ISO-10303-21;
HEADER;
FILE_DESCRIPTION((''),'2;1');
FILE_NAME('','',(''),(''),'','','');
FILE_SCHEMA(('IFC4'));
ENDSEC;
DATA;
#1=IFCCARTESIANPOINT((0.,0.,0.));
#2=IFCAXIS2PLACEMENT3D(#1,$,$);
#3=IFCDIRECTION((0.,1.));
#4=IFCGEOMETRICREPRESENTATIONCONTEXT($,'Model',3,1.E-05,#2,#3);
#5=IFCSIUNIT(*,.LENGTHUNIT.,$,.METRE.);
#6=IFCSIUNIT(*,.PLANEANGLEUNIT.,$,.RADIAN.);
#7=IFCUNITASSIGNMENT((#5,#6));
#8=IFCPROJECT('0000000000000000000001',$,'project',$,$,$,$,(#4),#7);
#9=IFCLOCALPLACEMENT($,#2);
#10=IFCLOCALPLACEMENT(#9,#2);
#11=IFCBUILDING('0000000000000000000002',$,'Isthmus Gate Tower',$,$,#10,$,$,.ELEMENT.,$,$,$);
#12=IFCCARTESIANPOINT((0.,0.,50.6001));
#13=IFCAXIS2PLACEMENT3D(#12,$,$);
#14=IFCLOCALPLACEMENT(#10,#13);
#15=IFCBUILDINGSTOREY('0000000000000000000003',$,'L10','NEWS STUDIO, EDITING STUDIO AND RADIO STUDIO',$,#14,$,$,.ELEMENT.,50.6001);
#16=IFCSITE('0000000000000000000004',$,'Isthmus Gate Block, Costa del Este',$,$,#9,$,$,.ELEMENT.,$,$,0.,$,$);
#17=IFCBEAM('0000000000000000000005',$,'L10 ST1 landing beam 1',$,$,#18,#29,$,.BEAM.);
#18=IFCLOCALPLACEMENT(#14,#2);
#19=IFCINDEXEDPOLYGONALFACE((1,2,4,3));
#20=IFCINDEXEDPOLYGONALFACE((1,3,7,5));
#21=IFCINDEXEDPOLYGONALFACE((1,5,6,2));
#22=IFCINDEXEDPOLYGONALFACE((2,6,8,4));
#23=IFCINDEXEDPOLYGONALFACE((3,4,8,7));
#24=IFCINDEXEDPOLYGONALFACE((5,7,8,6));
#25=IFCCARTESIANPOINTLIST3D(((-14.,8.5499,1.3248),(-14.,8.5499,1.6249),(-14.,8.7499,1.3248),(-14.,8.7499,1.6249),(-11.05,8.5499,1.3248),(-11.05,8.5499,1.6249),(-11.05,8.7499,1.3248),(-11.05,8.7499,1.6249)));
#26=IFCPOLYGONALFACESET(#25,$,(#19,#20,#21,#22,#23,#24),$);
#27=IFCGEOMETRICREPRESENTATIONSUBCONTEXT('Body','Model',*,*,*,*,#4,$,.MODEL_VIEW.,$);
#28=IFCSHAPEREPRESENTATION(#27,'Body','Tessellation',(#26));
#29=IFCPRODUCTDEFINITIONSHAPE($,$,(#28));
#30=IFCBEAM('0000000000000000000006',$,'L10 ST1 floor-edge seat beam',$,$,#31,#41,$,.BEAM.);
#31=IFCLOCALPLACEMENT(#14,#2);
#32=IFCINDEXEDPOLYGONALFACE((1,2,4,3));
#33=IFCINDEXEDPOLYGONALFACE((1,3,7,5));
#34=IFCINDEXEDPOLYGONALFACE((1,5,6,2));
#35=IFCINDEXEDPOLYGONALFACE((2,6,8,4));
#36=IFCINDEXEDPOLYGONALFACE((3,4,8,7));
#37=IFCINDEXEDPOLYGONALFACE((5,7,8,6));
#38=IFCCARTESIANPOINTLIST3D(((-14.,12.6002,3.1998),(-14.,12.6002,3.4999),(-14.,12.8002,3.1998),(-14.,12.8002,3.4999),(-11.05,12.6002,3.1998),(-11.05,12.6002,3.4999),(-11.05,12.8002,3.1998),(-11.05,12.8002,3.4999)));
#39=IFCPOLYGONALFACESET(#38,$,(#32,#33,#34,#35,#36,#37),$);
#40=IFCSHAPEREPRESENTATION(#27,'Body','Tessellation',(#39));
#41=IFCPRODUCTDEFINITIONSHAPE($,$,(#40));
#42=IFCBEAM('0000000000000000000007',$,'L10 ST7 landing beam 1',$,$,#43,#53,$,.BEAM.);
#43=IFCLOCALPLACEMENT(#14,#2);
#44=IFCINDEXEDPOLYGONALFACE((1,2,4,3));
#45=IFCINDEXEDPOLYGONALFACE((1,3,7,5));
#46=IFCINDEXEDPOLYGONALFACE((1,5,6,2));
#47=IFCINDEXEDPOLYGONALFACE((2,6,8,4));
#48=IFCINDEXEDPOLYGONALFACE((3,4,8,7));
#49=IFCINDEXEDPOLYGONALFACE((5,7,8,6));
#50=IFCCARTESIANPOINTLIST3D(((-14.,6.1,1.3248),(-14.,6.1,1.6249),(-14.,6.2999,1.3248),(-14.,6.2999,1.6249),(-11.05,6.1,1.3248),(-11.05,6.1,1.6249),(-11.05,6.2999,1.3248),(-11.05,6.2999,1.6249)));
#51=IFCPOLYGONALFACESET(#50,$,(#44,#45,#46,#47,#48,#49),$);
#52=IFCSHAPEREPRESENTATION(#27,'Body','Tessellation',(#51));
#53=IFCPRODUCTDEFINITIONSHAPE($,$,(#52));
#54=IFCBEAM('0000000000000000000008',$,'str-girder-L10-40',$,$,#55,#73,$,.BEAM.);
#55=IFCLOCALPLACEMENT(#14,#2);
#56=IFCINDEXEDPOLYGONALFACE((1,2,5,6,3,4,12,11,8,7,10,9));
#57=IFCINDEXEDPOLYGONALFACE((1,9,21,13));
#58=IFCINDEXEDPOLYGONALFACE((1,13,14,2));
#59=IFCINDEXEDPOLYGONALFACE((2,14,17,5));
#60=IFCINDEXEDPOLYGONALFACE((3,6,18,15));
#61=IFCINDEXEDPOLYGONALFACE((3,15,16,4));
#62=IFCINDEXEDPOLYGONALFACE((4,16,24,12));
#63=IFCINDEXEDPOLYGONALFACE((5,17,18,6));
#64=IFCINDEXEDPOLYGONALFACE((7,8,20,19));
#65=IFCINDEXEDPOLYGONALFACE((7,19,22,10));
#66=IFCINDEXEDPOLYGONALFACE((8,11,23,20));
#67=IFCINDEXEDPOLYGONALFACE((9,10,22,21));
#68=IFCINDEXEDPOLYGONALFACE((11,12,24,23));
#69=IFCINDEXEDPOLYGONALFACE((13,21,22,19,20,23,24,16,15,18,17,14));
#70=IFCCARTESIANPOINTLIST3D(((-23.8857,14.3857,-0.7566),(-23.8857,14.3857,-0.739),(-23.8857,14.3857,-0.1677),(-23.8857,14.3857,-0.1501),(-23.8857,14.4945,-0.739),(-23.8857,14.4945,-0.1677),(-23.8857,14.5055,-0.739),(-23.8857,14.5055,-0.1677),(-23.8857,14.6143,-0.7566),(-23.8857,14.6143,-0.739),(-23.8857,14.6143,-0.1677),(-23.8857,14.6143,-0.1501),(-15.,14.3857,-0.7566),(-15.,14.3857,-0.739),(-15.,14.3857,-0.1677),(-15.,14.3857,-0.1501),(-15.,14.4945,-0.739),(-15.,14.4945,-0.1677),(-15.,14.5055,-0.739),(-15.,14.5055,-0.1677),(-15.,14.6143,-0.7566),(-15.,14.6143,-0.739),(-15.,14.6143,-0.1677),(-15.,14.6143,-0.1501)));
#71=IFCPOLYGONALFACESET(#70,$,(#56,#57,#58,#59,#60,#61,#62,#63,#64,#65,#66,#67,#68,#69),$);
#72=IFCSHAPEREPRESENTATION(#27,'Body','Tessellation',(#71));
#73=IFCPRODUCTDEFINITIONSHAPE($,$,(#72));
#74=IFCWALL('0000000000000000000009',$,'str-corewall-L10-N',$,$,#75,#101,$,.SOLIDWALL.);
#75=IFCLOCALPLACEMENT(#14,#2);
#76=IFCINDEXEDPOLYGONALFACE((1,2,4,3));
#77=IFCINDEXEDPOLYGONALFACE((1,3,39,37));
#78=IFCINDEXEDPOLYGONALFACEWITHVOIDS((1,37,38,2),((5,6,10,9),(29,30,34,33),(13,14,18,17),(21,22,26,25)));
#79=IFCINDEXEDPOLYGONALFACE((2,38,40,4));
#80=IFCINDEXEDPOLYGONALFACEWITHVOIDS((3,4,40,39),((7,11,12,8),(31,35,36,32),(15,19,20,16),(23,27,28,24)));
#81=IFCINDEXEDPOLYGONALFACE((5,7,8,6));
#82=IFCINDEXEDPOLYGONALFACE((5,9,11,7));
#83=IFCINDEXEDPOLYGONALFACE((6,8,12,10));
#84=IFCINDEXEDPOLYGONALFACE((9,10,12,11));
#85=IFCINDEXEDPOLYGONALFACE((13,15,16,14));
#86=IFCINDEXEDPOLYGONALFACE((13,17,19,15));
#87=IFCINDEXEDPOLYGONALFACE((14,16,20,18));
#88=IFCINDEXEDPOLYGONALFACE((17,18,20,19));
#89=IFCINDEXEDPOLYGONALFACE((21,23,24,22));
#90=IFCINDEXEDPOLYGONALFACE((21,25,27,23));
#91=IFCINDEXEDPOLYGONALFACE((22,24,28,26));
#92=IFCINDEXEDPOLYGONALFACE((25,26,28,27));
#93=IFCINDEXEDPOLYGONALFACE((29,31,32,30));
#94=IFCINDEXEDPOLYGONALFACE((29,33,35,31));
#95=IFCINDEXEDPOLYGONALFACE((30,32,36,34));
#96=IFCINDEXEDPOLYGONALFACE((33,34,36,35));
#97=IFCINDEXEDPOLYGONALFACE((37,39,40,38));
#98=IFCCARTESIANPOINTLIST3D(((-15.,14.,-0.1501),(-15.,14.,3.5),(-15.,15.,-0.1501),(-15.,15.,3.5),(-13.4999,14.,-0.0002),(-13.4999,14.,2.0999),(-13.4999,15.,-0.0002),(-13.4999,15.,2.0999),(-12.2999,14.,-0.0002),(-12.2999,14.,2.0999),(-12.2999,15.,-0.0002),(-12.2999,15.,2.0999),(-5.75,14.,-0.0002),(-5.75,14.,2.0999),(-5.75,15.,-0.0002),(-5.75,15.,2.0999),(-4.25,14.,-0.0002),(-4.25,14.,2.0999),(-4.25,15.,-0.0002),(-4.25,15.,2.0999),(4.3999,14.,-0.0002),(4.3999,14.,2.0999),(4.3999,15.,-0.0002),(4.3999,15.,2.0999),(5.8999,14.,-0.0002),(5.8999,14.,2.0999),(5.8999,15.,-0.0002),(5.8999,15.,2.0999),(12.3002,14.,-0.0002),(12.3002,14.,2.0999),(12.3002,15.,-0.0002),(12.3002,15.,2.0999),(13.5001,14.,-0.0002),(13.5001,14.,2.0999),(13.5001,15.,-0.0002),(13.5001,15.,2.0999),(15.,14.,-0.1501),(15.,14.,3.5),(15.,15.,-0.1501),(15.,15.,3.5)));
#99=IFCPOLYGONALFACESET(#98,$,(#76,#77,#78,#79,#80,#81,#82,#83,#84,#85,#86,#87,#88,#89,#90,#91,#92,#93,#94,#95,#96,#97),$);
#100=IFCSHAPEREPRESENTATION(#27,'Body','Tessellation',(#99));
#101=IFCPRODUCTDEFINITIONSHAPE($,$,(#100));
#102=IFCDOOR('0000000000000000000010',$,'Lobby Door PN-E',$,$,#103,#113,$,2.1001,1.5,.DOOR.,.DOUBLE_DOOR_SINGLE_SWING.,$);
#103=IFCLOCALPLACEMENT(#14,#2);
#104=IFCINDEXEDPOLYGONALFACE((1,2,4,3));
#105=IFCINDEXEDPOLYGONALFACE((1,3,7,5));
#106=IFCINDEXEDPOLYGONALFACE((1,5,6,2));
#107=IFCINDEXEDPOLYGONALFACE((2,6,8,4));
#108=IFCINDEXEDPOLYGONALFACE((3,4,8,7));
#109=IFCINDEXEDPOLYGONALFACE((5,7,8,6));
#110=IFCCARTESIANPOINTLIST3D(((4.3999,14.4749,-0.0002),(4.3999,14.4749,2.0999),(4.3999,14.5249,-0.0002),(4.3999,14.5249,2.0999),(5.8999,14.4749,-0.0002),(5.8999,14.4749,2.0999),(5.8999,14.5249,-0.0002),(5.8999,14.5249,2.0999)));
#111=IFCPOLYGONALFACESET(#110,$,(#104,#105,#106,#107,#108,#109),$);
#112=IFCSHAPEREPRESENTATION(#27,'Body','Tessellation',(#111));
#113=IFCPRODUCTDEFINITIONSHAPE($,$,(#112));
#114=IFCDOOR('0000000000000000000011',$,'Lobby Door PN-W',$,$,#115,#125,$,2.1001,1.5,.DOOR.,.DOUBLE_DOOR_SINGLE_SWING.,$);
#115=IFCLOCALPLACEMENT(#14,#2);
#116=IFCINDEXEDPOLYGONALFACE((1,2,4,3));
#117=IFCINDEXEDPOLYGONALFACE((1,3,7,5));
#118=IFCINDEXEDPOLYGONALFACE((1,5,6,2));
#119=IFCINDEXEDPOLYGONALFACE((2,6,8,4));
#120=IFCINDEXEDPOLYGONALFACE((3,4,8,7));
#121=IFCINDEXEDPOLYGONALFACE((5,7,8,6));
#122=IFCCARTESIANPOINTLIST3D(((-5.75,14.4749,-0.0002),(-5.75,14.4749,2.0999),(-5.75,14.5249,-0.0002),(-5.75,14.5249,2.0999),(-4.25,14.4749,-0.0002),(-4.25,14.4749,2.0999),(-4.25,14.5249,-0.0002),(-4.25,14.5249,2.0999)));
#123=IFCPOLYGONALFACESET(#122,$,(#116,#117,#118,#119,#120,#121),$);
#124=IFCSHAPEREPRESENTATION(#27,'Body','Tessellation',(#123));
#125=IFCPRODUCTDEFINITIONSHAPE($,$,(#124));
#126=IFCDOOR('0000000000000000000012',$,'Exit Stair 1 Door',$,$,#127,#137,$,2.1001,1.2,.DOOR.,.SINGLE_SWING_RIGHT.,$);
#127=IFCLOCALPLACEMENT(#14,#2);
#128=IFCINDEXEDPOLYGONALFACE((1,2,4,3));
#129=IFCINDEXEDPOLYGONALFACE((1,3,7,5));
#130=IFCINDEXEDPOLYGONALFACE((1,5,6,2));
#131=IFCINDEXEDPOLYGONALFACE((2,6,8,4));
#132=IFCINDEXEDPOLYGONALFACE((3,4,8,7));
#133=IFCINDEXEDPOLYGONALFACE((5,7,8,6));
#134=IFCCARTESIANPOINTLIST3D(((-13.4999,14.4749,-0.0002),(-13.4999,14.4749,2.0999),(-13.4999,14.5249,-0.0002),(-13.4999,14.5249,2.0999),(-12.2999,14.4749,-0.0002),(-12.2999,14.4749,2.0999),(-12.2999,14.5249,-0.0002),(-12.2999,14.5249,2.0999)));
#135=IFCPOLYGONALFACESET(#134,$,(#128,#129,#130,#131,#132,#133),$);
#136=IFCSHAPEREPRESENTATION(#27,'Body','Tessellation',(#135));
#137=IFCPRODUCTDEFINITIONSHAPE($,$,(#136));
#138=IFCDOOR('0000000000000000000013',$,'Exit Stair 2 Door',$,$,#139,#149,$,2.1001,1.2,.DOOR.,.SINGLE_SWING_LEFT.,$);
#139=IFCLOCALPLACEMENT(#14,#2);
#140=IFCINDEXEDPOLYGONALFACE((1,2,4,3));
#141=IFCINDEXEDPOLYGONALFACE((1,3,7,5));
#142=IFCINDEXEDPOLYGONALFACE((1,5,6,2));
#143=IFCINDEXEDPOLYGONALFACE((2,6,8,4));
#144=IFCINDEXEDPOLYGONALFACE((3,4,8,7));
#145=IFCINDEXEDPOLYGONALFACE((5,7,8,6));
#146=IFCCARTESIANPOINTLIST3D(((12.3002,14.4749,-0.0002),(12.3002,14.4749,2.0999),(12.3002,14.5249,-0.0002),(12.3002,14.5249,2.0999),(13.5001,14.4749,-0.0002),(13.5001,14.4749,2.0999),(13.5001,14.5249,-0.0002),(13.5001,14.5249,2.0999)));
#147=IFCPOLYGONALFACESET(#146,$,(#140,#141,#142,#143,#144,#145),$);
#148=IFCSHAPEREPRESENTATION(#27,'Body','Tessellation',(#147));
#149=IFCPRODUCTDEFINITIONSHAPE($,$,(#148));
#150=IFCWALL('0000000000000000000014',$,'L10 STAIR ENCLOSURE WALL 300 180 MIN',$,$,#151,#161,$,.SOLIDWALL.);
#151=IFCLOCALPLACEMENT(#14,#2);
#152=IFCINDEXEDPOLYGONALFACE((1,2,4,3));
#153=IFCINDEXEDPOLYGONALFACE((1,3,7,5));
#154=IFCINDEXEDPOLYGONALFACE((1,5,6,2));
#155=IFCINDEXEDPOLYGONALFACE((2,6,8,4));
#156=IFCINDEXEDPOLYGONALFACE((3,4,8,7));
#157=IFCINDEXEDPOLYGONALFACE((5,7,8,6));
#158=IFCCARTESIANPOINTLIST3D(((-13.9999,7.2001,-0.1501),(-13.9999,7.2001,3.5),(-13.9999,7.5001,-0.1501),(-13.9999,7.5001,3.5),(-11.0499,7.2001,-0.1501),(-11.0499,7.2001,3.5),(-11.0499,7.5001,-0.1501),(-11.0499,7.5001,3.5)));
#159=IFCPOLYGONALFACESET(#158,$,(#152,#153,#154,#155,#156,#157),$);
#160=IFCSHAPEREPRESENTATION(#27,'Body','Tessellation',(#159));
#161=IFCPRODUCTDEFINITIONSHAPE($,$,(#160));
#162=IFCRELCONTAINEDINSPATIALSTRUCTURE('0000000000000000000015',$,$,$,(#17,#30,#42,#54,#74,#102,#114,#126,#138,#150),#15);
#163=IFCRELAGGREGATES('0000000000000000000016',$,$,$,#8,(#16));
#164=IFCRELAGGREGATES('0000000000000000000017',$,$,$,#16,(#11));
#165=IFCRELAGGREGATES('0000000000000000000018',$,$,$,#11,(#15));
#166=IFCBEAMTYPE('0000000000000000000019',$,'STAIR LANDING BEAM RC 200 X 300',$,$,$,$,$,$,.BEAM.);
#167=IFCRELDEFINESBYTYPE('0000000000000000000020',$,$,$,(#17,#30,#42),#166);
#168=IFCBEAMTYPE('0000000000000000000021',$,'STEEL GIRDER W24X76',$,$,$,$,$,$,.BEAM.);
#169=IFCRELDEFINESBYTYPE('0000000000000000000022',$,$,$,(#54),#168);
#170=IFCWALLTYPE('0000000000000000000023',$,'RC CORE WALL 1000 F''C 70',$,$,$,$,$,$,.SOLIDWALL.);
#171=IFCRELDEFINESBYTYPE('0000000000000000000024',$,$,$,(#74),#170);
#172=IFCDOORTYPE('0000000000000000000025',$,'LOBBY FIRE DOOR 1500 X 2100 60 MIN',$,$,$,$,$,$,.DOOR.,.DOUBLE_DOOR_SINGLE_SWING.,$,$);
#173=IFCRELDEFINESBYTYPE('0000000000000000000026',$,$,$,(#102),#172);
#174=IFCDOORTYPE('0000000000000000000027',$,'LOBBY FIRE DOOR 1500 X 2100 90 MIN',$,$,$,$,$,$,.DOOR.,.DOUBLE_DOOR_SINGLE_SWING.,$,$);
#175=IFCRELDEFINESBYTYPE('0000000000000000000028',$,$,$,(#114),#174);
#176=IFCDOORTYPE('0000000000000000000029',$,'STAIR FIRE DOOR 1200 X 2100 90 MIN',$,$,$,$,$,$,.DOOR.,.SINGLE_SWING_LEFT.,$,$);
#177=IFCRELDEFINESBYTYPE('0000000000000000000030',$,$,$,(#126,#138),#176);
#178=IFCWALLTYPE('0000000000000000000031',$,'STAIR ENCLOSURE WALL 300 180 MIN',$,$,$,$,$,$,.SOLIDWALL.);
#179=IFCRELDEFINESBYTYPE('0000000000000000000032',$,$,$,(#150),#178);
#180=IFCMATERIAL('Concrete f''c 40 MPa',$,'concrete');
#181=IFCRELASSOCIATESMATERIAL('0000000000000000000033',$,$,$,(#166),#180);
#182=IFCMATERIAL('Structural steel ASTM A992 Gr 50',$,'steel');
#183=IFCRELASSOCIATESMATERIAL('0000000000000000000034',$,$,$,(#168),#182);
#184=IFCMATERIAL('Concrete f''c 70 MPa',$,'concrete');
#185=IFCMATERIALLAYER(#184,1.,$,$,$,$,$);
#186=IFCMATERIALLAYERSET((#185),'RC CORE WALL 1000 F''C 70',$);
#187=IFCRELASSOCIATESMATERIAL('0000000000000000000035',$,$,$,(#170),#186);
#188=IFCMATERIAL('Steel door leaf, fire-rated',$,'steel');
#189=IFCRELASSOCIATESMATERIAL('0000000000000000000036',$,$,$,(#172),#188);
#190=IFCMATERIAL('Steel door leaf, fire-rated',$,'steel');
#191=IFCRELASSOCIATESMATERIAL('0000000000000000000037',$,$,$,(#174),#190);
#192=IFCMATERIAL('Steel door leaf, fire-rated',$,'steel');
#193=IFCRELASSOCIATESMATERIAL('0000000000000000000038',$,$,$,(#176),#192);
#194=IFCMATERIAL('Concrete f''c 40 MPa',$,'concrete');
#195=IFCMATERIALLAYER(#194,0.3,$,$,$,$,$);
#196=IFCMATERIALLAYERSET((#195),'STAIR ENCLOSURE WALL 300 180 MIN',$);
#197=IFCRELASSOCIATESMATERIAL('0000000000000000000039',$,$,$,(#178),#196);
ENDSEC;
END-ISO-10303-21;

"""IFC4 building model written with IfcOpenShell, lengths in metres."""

from ifc_helpers import new_model, si_unit, direction, frame, frame_2d, origin, origin_2d, place, context, subcontext, project, spatial, rectangle, i_section, extrude, material, layer, layer_set, material_profile, profile_set, type_object, element, fill, save


model = new_model("IFC4")

# Units and contexts
model_context = context("Model", 3, precision=1e-05, world=origin(), true_north=direction((0.0, 1.0)))
body_context = subcontext(model_context, "Body", "Model", "MODEL_VIEW")
ifc_project = project(units=[si_unit("LENGTHUNIT", "METRE"), si_unit("PLANEANGLEUNIT", "RADIAN")], contexts=[model_context])

# Site, building, storey
site_placement = place(None, origin())
site = spatial("IfcSite", under=ifc_project, at=site_placement, Name="Isthmus Gate Block, Costa del Este", CompositionType="ELEMENT", RefElevation=0.0)
building_placement = place(site_placement, origin())
building = spatial("IfcBuilding", under=site, at=building_placement, Name="Isthmus Gate Tower", CompositionType="ELEMENT")
storey_placement = place(building_placement, frame((0.0, 0.0, 50.6001)))
storey = spatial("IfcBuildingStorey", under=building, at=storey_placement, Name="L10", Description="NEWS STUDIO, EDITING STUDIO AND RADIO STUDIO", CompositionType="ELEMENT", Elevation=50.6001)

# Beams
ifc_material_1 = material(Name="Concrete f'c 40 MPa", Category="concrete")
ifc_material_profile_1 = material_profile(ifc_material_1, rectangle(XDim=0.2, YDim=0.3, at=origin_2d()), Name="STAIR LANDING BEAM RC 200 X 300")
ifc_profile_set_1 = profile_set([ifc_material_profile_1], Name="Concrete f'c 40 MPa")
beam_type_1 = type_object("IfcBeamType", Name="STAIR LANDING BEAM RC 200 X 300", PredefinedType="BEAM", material=ifc_profile_set_1)
for number, where, z_axis, x_axis, name in (
    (1, (-14.0, 8.6499, 1.4749), (1.0, 0.0, 0.0), (0.0, 1.0, 0.0), "L10 ST1 landing beam 1"),
    (2, (-14.0, 12.7002, 3.3499), (1.0, 0.0, 0.0), (0.0, 1.0, 0.0), "L10 ST1 floor-edge seat beam"),
    (3, (-14.0, 6.2, 1.4749), (1.0, 0.0, 0.0), (0.0, 1.0, 0.0), "L10 ST7 landing beam 1"),
):
    element("IfcBeam", number, at=place(storey_placement, frame(where, z_axis=z_axis, x_axis=x_axis)), inside=storey, type_object=beam_type_1, Name=name, PredefinedType="BEAM", context=body_context, shape_type="SweptSolid", body=[
        extrude(rectangle(XDim=0.2, YDim=0.3, at=origin_2d()), origin(), (0.0, 0.0, 1.0), 2.95),
    ])
ifc_material_2 = material(Name="Structural steel ASTM A992 Gr 50", Category="steel")
ifc_material_profile_2 = material_profile(ifc_material_2, i_section(OverallWidth=0.2285, OverallDepth=0.6064, WebThickness=0.011, FlangeThickness=0.0176, at=origin_2d()), Name="W24X76")
ifc_profile_set_2 = profile_set([ifc_material_profile_2], Name="Structural steel ASTM A992 Gr 50")
beam_type_2 = type_object("IfcBeamType", Name="STEEL GIRDER W24X76", PredefinedType="BEAM", material=ifc_profile_set_2)
beam_placement = place(storey_placement, frame((-15.0, 14.5, -0.4534), z_axis=(-1.0, 0.0, 0.0), x_axis=(0.0, -1.0, 0.0)))
element("IfcBeam", 4, at=beam_placement, inside=storey, type_object=beam_type_2, Name="str-girder-L10-40", PredefinedType="BEAM", context=body_context, shape_type="SweptSolid", body=[
    extrude(i_section(OverallWidth=0.2285, OverallDepth=0.6064, WebThickness=0.011, FlangeThickness=0.0176, at=origin_2d()), origin(), (0.0, 0.0, 1.0), 8.8857),
])

# Wall, openings, doors
ifc_material_3 = material(Name="Concrete f'c 70 MPa", Category="concrete")
ifc_layer_1 = layer(ifc_material_3, 1.0)
ifc_layer_set_1 = layer_set([ifc_layer_1], Name="RC CORE WALL 1000 F'C 70")
wall_type_1 = type_object("IfcWallType", Name="RC CORE WALL 1000 F'C 70", PredefinedType="SOLIDWALL", material=ifc_layer_set_1)
wall_1_placement = place(storey_placement, frame((-15.0, 14.5, -0.1501), z_axis=(0.0, 0.0, 1.0), x_axis=(1.0, 0.0, 0.0)))
wall_1 = element("IfcWall", 5, at=wall_1_placement, inside=storey, type_object=wall_type_1, Name="str-corewall-L10-N", PredefinedType="SOLIDWALL", context=body_context, shape_type="SweptSolid", body=[
    extrude(rectangle(XDim=30.0, YDim=1.0, at=frame_2d((15.0, 0.0))), origin(), (0.0, 0.0, 1.0), 3.6501),
])
opening_1_placement = place(wall_1_placement, frame((9.25, 0.0, 0.1499)))
opening_1 = element("IfcOpeningElement", 6, at=opening_1_placement, cuts=wall_1, PredefinedType="OPENING", context=body_context, shape_type="SweptSolid", body=[
    extrude(rectangle(XDim=1.5, YDim=2.1001, at=frame_2d((0.75, 1.05))), frame((0.0, 0.51, 0.0), z_axis=(0.0, -1.0, 0.0), x_axis=(1.0, 0.0, 0.0)), (0.0, 0.0, 1.0), 1.02),
])
opening_2_placement = place(wall_1_placement, frame((19.3999, 0.0, 0.1499)))
opening_2 = element("IfcOpeningElement", 7, at=opening_2_placement, cuts=wall_1, PredefinedType="OPENING", context=body_context, shape_type="SweptSolid", body=[
    extrude(rectangle(XDim=1.5, YDim=2.1001, at=frame_2d((0.75, 1.05))), frame((0.0, 0.51, 0.0), z_axis=(0.0, -1.0, 0.0), x_axis=(1.0, 0.0, 0.0)), (0.0, 0.0, 1.0), 1.02),
])
opening_3_placement = place(wall_1_placement, frame((1.5, 0.0, 0.1499)))
opening_3 = element("IfcOpeningElement", 8, at=opening_3_placement, cuts=wall_1, PredefinedType="OPENING", context=body_context, shape_type="SweptSolid", body=[
    extrude(rectangle(XDim=1.2, YDim=2.1001, at=frame_2d((0.6001, 1.05))), frame((0.0, 0.51, 0.0), z_axis=(0.0, -1.0, 0.0), x_axis=(1.0, 0.0, 0.0)), (0.0, 0.0, 1.0), 1.02),
])
opening_4_placement = place(wall_1_placement, frame((27.3, 0.0, 0.1499)))
opening_4 = element("IfcOpeningElement", 9, at=opening_4_placement, cuts=wall_1, PredefinedType="OPENING", context=body_context, shape_type="SweptSolid", body=[
    extrude(rectangle(XDim=1.2, YDim=2.1001, at=frame_2d((0.6001, 1.05))), frame((0.0, 0.51, 0.0), z_axis=(0.0, -1.0, 0.0), x_axis=(1.0, 0.0, 0.0)), (0.0, 0.0, 1.0), 1.02),
])
ifc_material_4 = material(Name="Steel door leaf, fire-rated", Category="steel")
door_type_1 = type_object("IfcDoorType", Name="LOBBY FIRE DOOR 1500 X 2100 60 MIN", OperationType="DOUBLE_DOOR_SINGLE_SWING", PredefinedType="DOOR", material=ifc_material_4)
door_1_placement = place(opening_2_placement, origin())
door_1 = element("IfcDoor", 10, at=door_1_placement, inside=storey, type_object=door_type_1, Name="Lobby Door PN-E", OperationType="DOUBLE_DOOR_SINGLE_SWING", OverallHeight=2.1001, OverallWidth=1.5, PredefinedType="DOOR", context=body_context, shape_type="SweptSolid", body=[
    extrude(rectangle(XDim=1.5, YDim=2.1001, at=frame_2d((0.75, 1.05))), frame((0.0, 0.0249, 0.0), z_axis=(0.0, -1.0, 0.0), x_axis=(1.0, 0.0, 0.0)), (0.0, 0.0, 1.0), 0.05),
])
fill(opening_2, door_1)
ifc_material_5 = material(Name="Steel door leaf, fire-rated", Category="steel")
door_type_2 = type_object("IfcDoorType", Name="LOBBY FIRE DOOR 1500 X 2100 90 MIN", OperationType="DOUBLE_DOOR_SINGLE_SWING", PredefinedType="DOOR", material=ifc_material_5)
door_2_placement = place(opening_1_placement, origin())
door_2 = element("IfcDoor", 11, at=door_2_placement, inside=storey, type_object=door_type_2, Name="Lobby Door PN-W", OperationType="DOUBLE_DOOR_SINGLE_SWING", OverallHeight=2.1001, OverallWidth=1.5, PredefinedType="DOOR", context=body_context, shape_type="SweptSolid", body=[
    extrude(rectangle(XDim=1.5, YDim=2.1001, at=frame_2d((0.75, 1.05))), frame((0.0, 0.0249, 0.0), z_axis=(0.0, -1.0, 0.0), x_axis=(1.0, 0.0, 0.0)), (0.0, 0.0, 1.0), 0.05),
])
fill(opening_1, door_2)
ifc_material_6 = material(Name="Steel door leaf, fire-rated", Category="steel")
door_type_3 = type_object("IfcDoorType", Name="STAIR FIRE DOOR 1200 X 2100 90 MIN", OperationType="SINGLE_SWING_LEFT", PredefinedType="DOOR", material=ifc_material_6)
door_3_placement = place(opening_3_placement, origin())
door_3 = element("IfcDoor", 12, at=door_3_placement, inside=storey, type_object=door_type_3, Name="Exit Stair 1 Door", OperationType="SINGLE_SWING_RIGHT", OverallHeight=2.1001, OverallWidth=1.2, PredefinedType="DOOR", context=body_context, shape_type="SweptSolid", body=[
    extrude(rectangle(XDim=1.2, YDim=2.1001, at=frame_2d((0.6001, 1.05))), frame((0.0, 0.0249, 0.0), z_axis=(0.0, -1.0, 0.0), x_axis=(1.0, 0.0, 0.0)), (0.0, 0.0, 1.0), 0.05),
])
fill(opening_3, door_3)
door_4_placement = place(opening_4_placement, origin())
door_4 = element("IfcDoor", 13, at=door_4_placement, inside=storey, type_object=door_type_3, Name="Exit Stair 2 Door", OperationType="SINGLE_SWING_LEFT", OverallHeight=2.1001, OverallWidth=1.2, PredefinedType="DOOR", context=body_context, shape_type="SweptSolid", body=[
    extrude(rectangle(XDim=1.2, YDim=2.1001, at=frame_2d((0.6001, 1.05))), frame((0.0, 0.0249, 0.0), z_axis=(0.0, -1.0, 0.0), x_axis=(1.0, 0.0, 0.0)), (0.0, 0.0, 1.0), 0.05),
])
fill(opening_4, door_4)

# Wall
ifc_material_7 = material(Name="Concrete f'c 40 MPa", Category="concrete")
ifc_layer_2 = layer(ifc_material_7, 0.3)
ifc_layer_set_2 = layer_set([ifc_layer_2], Name="STAIR ENCLOSURE WALL 300 180 MIN")
wall_type_2 = type_object("IfcWallType", Name="STAIR ENCLOSURE WALL 300 180 MIN", PredefinedType="SOLIDWALL", material=ifc_layer_set_2)
wall_2_placement = place(storey_placement, frame((-14.0, 7.3501, -0.1501), z_axis=(0.0, 0.0, 1.0), x_axis=(1.0, 0.0, 0.0)))
element("IfcWall", 14, at=wall_2_placement, inside=storey, type_object=wall_type_2, Name="L10 STAIR ENCLOSURE WALL 300 180 MIN", PredefinedType="SOLIDWALL", context=body_context, shape_type="SweptSolid", body=[
    extrude(rectangle(XDim=2.95, YDim=0.3, at=frame_2d((1.4751, 0.0))), origin(), (0.0, 0.0, 1.0), 3.6501),
])

save(model, "model.ifc")
